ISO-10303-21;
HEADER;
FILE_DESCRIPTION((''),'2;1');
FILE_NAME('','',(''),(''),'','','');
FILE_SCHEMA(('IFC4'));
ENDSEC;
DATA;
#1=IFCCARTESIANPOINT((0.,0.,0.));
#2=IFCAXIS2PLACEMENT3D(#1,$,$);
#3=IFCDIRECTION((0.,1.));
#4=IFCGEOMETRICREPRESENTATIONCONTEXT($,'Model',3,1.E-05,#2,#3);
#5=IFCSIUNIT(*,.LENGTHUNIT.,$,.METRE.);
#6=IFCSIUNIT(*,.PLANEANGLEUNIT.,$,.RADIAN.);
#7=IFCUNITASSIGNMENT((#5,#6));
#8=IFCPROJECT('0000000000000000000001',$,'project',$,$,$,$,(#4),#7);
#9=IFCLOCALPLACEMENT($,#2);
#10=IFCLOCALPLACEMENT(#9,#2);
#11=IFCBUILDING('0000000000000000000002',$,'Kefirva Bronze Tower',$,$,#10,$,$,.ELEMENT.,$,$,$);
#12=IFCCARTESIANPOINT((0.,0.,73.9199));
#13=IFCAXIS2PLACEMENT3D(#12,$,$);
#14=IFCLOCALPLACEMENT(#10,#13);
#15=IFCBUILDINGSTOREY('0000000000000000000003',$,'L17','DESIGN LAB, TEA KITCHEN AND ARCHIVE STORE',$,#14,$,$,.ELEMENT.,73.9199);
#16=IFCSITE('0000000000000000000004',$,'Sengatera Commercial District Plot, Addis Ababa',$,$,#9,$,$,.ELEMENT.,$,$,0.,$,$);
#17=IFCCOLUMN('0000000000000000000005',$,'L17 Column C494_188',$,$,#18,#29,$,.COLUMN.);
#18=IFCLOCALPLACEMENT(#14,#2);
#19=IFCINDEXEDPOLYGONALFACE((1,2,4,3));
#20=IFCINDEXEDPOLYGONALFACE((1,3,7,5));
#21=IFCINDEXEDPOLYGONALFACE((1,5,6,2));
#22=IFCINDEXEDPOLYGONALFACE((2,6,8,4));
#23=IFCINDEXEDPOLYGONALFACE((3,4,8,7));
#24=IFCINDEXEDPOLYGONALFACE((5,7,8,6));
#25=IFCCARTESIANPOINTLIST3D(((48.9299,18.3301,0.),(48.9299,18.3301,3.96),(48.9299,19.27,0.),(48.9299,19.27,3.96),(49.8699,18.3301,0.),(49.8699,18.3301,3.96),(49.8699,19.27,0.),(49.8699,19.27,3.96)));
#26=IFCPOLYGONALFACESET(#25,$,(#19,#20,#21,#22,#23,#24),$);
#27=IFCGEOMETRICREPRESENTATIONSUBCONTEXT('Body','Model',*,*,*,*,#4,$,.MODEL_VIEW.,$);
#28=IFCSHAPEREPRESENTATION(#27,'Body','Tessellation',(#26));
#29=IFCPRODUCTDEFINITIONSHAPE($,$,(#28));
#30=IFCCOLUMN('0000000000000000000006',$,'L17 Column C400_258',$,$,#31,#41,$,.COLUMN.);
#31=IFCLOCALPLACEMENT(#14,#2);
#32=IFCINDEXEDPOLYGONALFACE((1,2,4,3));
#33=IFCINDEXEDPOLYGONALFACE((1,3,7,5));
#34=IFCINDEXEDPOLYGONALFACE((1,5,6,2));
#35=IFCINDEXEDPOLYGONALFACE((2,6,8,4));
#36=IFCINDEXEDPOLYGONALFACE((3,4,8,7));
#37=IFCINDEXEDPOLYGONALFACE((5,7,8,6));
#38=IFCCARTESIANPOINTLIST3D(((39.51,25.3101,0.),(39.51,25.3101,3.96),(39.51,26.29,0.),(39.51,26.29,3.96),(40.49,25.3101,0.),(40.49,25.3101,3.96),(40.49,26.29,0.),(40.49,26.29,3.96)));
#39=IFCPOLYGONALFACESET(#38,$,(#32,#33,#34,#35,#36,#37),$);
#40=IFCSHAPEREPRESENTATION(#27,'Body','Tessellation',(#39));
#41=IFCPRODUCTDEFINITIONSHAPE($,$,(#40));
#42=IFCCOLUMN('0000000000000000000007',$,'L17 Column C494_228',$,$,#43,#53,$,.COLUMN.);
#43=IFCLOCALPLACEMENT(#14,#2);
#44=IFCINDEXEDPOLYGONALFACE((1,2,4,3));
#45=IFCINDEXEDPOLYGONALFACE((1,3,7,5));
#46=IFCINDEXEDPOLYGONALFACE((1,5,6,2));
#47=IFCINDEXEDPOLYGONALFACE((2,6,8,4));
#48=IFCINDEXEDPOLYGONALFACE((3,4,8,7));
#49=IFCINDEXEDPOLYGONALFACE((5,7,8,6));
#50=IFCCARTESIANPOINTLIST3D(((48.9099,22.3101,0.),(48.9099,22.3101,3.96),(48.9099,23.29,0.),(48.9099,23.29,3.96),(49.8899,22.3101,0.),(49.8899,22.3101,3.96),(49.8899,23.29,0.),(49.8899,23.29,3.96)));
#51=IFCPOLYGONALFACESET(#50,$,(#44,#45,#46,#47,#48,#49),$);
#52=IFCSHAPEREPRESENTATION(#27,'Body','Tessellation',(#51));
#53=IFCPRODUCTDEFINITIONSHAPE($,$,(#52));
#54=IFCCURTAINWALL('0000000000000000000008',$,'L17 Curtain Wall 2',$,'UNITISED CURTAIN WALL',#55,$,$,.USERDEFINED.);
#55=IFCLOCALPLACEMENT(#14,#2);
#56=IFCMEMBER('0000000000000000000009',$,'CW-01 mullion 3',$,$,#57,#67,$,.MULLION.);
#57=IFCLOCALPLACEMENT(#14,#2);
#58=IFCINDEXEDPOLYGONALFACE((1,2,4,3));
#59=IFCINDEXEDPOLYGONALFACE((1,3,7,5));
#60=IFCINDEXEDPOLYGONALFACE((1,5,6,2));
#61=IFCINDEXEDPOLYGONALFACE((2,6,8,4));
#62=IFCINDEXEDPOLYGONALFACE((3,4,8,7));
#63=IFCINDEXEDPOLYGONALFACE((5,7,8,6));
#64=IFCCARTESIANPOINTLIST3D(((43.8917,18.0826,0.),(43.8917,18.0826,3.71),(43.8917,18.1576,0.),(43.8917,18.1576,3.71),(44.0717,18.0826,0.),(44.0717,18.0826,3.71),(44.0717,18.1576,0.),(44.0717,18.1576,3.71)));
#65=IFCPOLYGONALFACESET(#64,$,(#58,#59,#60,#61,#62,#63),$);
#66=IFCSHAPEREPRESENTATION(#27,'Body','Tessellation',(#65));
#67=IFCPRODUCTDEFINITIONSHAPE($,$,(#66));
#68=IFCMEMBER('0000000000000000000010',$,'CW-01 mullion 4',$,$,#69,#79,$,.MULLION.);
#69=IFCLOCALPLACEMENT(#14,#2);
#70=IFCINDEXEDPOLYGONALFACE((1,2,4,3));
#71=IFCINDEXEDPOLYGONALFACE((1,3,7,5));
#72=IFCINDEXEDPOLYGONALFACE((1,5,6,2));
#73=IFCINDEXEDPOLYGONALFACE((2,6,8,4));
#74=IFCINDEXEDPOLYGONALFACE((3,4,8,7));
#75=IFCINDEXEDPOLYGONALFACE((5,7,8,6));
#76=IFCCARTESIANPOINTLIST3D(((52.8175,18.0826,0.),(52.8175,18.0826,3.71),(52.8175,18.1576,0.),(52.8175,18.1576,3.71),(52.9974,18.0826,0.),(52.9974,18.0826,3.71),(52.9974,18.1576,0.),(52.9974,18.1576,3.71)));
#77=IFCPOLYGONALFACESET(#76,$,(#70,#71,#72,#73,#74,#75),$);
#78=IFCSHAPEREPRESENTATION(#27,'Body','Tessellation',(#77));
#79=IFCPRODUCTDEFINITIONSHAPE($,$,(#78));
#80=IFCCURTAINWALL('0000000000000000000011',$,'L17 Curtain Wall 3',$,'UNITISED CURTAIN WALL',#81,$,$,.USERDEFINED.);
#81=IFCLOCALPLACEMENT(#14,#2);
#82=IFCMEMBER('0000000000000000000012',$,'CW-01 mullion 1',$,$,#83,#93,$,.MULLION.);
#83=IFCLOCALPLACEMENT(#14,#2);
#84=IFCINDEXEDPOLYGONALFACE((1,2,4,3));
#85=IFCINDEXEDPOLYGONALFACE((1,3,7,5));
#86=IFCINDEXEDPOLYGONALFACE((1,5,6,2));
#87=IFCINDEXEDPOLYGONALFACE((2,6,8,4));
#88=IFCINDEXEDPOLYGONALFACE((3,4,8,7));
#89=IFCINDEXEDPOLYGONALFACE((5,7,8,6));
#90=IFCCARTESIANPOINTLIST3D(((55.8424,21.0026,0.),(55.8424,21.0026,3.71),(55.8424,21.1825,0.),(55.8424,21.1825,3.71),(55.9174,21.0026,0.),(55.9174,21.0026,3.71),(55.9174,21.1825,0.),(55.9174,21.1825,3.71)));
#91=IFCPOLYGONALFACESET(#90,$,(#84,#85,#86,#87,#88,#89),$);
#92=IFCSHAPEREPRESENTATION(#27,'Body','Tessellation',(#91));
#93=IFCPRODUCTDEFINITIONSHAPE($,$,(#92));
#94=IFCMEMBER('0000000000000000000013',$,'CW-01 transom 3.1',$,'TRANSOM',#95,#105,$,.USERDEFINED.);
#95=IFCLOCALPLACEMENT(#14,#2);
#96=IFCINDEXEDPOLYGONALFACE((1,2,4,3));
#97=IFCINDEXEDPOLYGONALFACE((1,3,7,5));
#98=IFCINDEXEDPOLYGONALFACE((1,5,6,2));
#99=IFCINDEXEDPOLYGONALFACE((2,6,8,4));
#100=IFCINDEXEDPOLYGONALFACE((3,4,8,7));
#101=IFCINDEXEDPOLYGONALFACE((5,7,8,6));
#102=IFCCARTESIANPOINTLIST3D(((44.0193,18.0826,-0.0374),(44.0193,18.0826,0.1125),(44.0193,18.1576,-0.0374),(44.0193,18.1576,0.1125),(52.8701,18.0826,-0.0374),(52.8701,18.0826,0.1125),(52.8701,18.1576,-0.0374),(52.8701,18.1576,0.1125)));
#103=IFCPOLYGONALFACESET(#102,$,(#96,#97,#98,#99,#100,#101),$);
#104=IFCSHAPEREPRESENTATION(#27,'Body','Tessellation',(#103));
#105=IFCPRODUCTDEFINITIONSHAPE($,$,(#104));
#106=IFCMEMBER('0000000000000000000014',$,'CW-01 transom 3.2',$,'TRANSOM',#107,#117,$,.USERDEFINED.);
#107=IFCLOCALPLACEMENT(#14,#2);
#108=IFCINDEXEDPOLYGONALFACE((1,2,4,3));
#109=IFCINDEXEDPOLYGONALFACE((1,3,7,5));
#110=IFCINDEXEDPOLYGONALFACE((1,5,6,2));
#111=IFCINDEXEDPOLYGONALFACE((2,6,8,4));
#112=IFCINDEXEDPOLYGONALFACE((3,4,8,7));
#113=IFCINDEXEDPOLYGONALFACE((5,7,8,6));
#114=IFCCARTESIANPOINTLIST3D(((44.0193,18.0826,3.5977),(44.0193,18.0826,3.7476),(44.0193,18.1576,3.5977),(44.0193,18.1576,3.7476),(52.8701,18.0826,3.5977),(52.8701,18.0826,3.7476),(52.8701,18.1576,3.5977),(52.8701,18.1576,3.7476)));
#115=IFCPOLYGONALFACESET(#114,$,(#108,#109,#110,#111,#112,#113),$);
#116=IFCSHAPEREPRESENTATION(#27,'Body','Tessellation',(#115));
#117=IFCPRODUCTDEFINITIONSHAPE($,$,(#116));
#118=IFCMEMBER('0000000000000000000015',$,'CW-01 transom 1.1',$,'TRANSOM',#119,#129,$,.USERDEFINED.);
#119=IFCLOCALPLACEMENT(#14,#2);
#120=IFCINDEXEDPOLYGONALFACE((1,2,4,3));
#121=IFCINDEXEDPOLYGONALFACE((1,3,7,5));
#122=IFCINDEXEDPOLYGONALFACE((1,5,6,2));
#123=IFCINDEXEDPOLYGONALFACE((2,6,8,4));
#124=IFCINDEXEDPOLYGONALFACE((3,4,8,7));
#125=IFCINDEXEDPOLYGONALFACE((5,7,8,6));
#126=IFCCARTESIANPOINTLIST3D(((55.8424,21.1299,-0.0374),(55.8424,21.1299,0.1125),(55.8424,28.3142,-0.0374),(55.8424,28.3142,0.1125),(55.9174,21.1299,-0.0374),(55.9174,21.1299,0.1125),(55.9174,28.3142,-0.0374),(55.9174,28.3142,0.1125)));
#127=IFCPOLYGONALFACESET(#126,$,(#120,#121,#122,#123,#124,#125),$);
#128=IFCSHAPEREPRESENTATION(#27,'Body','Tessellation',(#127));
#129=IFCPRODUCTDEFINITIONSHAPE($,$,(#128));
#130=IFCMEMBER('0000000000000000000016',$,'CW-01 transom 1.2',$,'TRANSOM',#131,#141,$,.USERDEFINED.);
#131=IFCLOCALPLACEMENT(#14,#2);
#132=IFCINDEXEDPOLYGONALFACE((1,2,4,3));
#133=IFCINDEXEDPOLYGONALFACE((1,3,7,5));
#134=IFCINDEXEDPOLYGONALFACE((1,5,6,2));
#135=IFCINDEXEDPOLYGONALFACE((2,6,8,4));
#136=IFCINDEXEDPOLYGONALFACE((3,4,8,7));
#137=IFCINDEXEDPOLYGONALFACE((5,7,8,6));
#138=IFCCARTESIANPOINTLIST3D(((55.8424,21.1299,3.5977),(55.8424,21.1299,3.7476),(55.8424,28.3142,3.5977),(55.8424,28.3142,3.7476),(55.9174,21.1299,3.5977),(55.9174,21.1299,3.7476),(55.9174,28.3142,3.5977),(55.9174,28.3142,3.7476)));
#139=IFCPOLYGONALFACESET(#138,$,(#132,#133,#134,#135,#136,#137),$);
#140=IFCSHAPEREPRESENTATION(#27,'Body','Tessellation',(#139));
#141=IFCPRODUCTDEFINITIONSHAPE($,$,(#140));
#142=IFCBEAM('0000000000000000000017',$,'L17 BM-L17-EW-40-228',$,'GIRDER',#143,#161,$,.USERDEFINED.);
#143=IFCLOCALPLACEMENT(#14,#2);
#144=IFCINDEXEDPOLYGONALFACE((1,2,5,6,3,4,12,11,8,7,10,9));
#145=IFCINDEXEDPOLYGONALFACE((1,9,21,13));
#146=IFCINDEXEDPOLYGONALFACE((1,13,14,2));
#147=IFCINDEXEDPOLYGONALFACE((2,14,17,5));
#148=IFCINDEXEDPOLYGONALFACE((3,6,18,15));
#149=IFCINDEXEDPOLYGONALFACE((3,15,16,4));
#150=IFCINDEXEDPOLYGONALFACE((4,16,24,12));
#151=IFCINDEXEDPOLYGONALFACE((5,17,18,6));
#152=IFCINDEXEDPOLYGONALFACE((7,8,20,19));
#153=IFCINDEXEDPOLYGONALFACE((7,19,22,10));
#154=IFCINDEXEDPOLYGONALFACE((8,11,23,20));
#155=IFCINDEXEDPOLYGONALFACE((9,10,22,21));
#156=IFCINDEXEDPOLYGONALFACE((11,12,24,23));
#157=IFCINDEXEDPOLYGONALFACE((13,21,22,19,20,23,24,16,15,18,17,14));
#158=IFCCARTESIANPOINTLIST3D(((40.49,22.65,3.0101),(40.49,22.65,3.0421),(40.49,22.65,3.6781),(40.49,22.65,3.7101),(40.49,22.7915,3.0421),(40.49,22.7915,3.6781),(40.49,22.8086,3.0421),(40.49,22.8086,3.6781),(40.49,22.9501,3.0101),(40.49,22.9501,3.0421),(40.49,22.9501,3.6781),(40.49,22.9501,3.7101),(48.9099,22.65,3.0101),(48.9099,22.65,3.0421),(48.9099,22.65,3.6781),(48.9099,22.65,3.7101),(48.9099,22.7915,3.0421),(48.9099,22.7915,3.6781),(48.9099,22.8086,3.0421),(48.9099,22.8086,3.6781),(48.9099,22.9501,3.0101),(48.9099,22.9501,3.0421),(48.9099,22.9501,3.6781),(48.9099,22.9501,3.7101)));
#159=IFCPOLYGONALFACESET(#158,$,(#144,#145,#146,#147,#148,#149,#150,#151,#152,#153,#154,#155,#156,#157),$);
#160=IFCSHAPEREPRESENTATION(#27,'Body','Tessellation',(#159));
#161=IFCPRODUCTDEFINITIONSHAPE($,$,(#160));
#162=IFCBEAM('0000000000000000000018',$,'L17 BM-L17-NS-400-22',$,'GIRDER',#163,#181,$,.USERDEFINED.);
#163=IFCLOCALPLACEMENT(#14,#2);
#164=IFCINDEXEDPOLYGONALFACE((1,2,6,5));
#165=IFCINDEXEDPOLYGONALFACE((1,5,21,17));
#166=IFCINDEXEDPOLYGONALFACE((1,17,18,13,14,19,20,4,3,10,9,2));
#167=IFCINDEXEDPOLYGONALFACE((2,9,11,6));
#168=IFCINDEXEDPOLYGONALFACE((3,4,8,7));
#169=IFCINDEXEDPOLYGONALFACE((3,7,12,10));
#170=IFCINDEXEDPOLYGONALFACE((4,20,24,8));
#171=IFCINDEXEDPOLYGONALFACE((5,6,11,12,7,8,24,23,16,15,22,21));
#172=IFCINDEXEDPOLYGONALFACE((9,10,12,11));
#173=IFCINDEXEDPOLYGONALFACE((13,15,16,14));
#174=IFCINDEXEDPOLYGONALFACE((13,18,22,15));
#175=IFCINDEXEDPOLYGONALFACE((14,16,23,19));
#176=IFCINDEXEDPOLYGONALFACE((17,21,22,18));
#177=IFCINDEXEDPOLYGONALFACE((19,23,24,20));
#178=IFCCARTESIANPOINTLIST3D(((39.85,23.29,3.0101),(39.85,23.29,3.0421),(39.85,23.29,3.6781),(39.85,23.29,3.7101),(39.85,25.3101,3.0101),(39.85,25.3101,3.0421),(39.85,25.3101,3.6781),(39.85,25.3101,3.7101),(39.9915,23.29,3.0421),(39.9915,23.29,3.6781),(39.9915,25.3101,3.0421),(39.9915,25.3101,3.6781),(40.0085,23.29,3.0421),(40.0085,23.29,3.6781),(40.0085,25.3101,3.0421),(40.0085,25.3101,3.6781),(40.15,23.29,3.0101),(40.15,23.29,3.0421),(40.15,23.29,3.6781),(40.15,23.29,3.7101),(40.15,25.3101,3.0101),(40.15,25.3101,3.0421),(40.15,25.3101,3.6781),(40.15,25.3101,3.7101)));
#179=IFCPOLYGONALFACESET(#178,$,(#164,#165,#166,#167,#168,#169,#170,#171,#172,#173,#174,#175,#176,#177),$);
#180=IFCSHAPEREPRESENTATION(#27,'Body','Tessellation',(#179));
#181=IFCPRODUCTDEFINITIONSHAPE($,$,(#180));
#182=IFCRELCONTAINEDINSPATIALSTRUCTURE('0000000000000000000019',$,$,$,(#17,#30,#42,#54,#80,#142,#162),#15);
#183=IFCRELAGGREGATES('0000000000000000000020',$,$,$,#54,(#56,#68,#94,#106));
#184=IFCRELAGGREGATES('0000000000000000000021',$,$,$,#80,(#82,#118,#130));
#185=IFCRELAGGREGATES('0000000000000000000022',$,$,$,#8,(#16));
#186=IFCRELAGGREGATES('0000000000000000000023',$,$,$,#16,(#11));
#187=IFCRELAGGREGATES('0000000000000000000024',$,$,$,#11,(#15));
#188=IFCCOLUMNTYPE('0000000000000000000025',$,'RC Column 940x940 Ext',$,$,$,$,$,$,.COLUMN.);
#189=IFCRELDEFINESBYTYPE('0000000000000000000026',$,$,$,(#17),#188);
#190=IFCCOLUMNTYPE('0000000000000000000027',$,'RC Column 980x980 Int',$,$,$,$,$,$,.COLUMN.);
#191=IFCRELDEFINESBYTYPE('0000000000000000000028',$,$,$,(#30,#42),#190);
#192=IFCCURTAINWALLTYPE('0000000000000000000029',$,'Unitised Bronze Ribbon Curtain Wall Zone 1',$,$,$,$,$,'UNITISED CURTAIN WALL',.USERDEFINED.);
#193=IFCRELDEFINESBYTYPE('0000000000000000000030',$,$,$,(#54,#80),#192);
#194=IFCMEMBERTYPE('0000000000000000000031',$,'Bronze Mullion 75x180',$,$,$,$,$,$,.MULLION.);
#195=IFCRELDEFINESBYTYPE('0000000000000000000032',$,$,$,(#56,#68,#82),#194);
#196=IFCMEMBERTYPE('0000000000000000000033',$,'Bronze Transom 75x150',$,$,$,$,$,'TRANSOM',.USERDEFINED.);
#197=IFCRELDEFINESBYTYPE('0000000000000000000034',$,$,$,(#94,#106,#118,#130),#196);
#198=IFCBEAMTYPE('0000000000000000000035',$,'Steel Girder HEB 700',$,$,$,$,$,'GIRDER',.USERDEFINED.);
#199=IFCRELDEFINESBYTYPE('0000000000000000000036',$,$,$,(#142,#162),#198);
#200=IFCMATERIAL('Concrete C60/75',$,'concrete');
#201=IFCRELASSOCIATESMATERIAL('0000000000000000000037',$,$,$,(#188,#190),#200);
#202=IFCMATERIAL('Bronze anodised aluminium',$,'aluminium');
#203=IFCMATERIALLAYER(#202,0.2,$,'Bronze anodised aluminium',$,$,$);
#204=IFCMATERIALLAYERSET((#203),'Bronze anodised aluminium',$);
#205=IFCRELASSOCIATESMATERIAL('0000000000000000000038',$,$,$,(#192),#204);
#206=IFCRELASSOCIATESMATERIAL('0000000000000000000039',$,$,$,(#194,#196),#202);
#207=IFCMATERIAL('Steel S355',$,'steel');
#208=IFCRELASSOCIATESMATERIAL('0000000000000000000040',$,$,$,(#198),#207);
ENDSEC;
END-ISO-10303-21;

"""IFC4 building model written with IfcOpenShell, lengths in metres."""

from ifc_helpers import new_model, si_unit, direction, frame, origin, origin_2d, place, context, subcontext, project, spatial, rectangle, i_section, extrude, material, layer, layer_set, material_profile, profile_set, type_object, element, aggregate, save


model = new_model("IFC4")

# Units and contexts
model_context = context("Model", 3, precision=1e-05, world=origin(), true_north=direction((0.0, 1.0)))
body_context = subcontext(model_context, "Body", "Model", "MODEL_VIEW")
ifc_project = project(units=[si_unit("LENGTHUNIT", "METRE"), si_unit("PLANEANGLEUNIT", "RADIAN")], contexts=[model_context])

# Site, building, storey
site_placement = place(None, origin())
site = spatial("IfcSite", under=ifc_project, at=site_placement, Name="Sengatera Commercial District Plot, Addis Ababa", CompositionType="ELEMENT", RefElevation=0.0)
building_placement = place(site_placement, origin())
building = spatial("IfcBuilding", under=site, at=building_placement, Name="Kefirva Bronze Tower", CompositionType="ELEMENT")
storey_placement = place(building_placement, frame((0.0, 0.0, 73.9199)))
storey = spatial("IfcBuildingStorey", under=building, at=storey_placement, Name="L17", Description="DESIGN LAB, TEA KITCHEN AND ARCHIVE STORE", CompositionType="ELEMENT", Elevation=73.9199)

# Columns
ifc_material_1 = material(Name="Concrete C60/75", Category="concrete")
ifc_material_profile_1 = material_profile(ifc_material_1, rectangle(XDim=0.9399, YDim=0.9399, at=origin_2d()), Name="RC 940x940")
ifc_profile_set_1 = profile_set([ifc_material_profile_1], Name="Concrete C60/75")
column_type_1 = type_object("IfcColumnType", Name="RC Column 940x940 Ext", PredefinedType="COLUMN", material=ifc_profile_set_1)
column_placement = place(storey_placement, frame((49.3999, 18.8, 0.0), z_axis=(0.0, 0.0, 1.0), x_axis=(1.0, 0.0, 0.0)))
element("IfcColumn", 1, at=column_placement, inside=storey, type_object=column_type_1, Name="L17 Column C494_188", PredefinedType="COLUMN", context=body_context, shape_type="SweptSolid", body=[
    extrude(rectangle(XDim=0.9399, YDim=0.9399, at=origin_2d()), origin(), (0.0, 0.0, 1.0), 3.96),
])
ifc_material_profile_2 = material_profile(ifc_material_1, rectangle(XDim=0.98, YDim=0.98, at=origin_2d()), Name="RC 980x980")
ifc_profile_set_2 = profile_set([ifc_material_profile_2], Name="Concrete C60/75")
column_type_2 = type_object("IfcColumnType", Name="RC Column 980x980 Int", PredefinedType="COLUMN", material=ifc_profile_set_2)
for number, where, z_axis, x_axis, name in (
    (2, (40.0, 25.8, 0.0), (0.0, 0.0, 1.0), (1.0, 0.0, 0.0), "L17 Column C400_258"),
    (3, (49.3999, 22.8, 0.0), (0.0, 0.0, 1.0), (1.0, 0.0, 0.0), "L17 Column C494_228"),
):
    element("IfcColumn", number, at=place(storey_placement, frame(where, z_axis=z_axis, x_axis=x_axis)), inside=storey, type_object=column_type_2, Name=name, PredefinedType="COLUMN", context=body_context, shape_type="SweptSolid", body=[
        extrude(rectangle(XDim=0.98, YDim=0.98, at=origin_2d()), origin(), (0.0, 0.0, 1.0), 3.96),
    ])

# Curtain wall, members
ifc_material_2 = material(Name="Bronze anodised aluminium", Category="aluminium")
ifc_layer_1 = layer(ifc_material_2, 0.2, Name="Bronze anodised aluminium")
ifc_layer_set_1 = layer_set([ifc_layer_1], Name="Bronze anodised aluminium")
curtain_wall_type = type_object("IfcCurtainWallType", Name="Unitised Bronze Ribbon Curtain Wall Zone 1", ElementType="UNITISED CURTAIN WALL", PredefinedType="USERDEFINED", material=ifc_layer_set_1)
curtain_wall_1_placement = place(storey_placement, origin())
curtain_wall_1 = element("IfcCurtainWall", 4, at=curtain_wall_1_placement, inside=storey, type_object=curtain_wall_type, Name="L17 Curtain Wall 2", ObjectType="UNITISED CURTAIN WALL", PredefinedType="USERDEFINED")
ifc_material_profile_3 = material_profile(ifc_material_2, rectangle(XDim=0.075, YDim=0.1799, at=origin_2d()), Name="ALU 75x180")
ifc_profile_set_3 = profile_set([ifc_material_profile_3], Name="Bronze anodised aluminium")
member_type_1 = type_object("IfcMemberType", Name="Bronze Mullion 75x180", PredefinedType="MULLION", material=ifc_profile_set_3)
member_1_placement = place(storey_placement, frame((43.9817, 18.1201, 0.0), z_axis=(0.0, 0.0, 1.0), x_axis=(0.0, 1.0, 0.0)))
member_1 = element("IfcMember", 5, at=member_1_placement, type_object=member_type_1, Name="CW-01 mullion 3", PredefinedType="MULLION", context=body_context, shape_type="SweptSolid", body=[
    extrude(rectangle(XDim=0.075, YDim=0.1799, at=origin_2d()), origin(), (0.0, 0.0, 1.0), 3.71),
])
member_2_placement = place(storey_placement, frame((52.9075, 18.1201, 0.0), z_axis=(0.0, 0.0, 1.0), x_axis=(0.0, 1.0, 0.0)))
member_2 = element("IfcMember", 6, at=member_2_placement, type_object=member_type_1, Name="CW-01 mullion 4", PredefinedType="MULLION", context=body_context, shape_type="SweptSolid", body=[
    extrude(rectangle(XDim=0.075, YDim=0.1799, at=origin_2d()), origin(), (0.0, 0.0, 1.0), 3.71),
])

# Curtain wall, member
curtain_wall_2_placement = place(storey_placement, origin())
curtain_wall_2 = element("IfcCurtainWall", 7, at=curtain_wall_2_placement, inside=storey, type_object=curtain_wall_type, Name="L17 Curtain Wall 3", ObjectType="UNITISED CURTAIN WALL", PredefinedType="USERDEFINED")
member_3_placement = place(storey_placement, frame((55.8799, 21.0925, 0.0), z_axis=(0.0, 0.0, 1.0), x_axis=(-1.0, 0.0, 0.0)))
member_3 = element("IfcMember", 8, at=member_3_placement, type_object=member_type_1, Name="CW-01 mullion 1", PredefinedType="MULLION", context=body_context, shape_type="SweptSolid", body=[
    extrude(rectangle(XDim=0.075, YDim=0.1799, at=origin_2d()), origin(), (0.0, 0.0, 1.0), 3.71),
])

# Members
ifc_material_profile_4 = material_profile(ifc_material_2, rectangle(XDim=0.075, YDim=0.1499, at=origin_2d()), Name="ALU 75x150")
ifc_profile_set_4 = profile_set([ifc_material_profile_4], Name="Bronze anodised aluminium")
member_type_2 = type_object("IfcMemberType", Name="Bronze Transom 75x150", ElementType="TRANSOM", PredefinedType="USERDEFINED", material=ifc_profile_set_4)
member_4_placement = place(storey_placement, frame((44.0193, 18.1201, 0.0376), z_axis=(1.0, 0.0, 0.0), x_axis=(0.0, 1.0, 0.0)))
member_4 = element("IfcMember", 9, at=member_4_placement, type_object=member_type_2, Name="CW-01 transom 3.1", ObjectType="TRANSOM", PredefinedType="USERDEFINED", context=body_context, shape_type="SweptSolid", body=[
    extrude(rectangle(XDim=0.075, YDim=0.1499, at=origin_2d()), origin(), (0.0, 0.0, 1.0), 8.8508),
])
member_5_placement = place(storey_placement, frame((44.0193, 18.1201, 3.6726), z_axis=(1.0, 0.0, 0.0), x_axis=(0.0, 1.0, 0.0)))
member_5 = element("IfcMember", 10, at=member_5_placement, type_object=member_type_2, Name="CW-01 transom 3.2", ObjectType="TRANSOM", PredefinedType="USERDEFINED", context=body_context, shape_type="SweptSolid", body=[
    extrude(rectangle(XDim=0.075, YDim=0.1499, at=origin_2d()), origin(), (0.0, 0.0, 1.0), 8.8508),
])
member_6_placement = place(storey_placement, frame((55.8799, 21.1299, 0.0376), z_axis=(0.0, 1.0, 0.0), x_axis=(-1.0, 0.0, 0.0)))
member_6 = element("IfcMember", 11, at=member_6_placement, type_object=member_type_2, Name="CW-01 transom 1.1", ObjectType="TRANSOM", PredefinedType="USERDEFINED", context=body_context, shape_type="SweptSolid", body=[
    extrude(rectangle(XDim=0.075, YDim=0.1499, at=origin_2d()), origin(), (0.0, 0.0, 1.0), 7.1843),
])
member_7_placement = place(storey_placement, frame((55.8799, 21.1299, 3.6726), z_axis=(0.0, 1.0, 0.0), x_axis=(-1.0, 0.0, 0.0)))
member_7 = element("IfcMember", 12, at=member_7_placement, type_object=member_type_2, Name="CW-01 transom 1.2", ObjectType="TRANSOM", PredefinedType="USERDEFINED", context=body_context, shape_type="SweptSolid", body=[
    extrude(rectangle(XDim=0.075, YDim=0.1499, at=origin_2d()), origin(), (0.0, 0.0, 1.0), 7.1843),
])

# Beams
ifc_material_3 = material(Name="Steel S355", Category="steel")
ifc_material_profile_5 = material_profile(ifc_material_3, i_section(OverallWidth=0.3, OverallDepth=0.7, WebThickness=0.0171, FlangeThickness=0.032, at=origin_2d()), Name="HEB 700")
ifc_profile_set_5 = profile_set([ifc_material_profile_5], Name="Steel S355")
beam_type_1 = type_object("IfcBeamType", Name="Steel Girder HEB 700", ElementType="GIRDER", PredefinedType="USERDEFINED", material=ifc_profile_set_5)
beam_1_placement = place(storey_placement, frame((40.49, 22.8, 3.3601), z_axis=(1.0, 0.0, 0.0), x_axis=(0.0, 1.0, 0.0)))
element("IfcBeam", 13, at=beam_1_placement, inside=storey, type_object=beam_type_1, Name="L17 BM-L17-EW-40-228", ObjectType="GIRDER", PredefinedType="USERDEFINED", context=body_context, shape_type="SweptSolid", body=[
    extrude(i_section(OverallWidth=0.3, OverallDepth=0.7, WebThickness=0.0171, FlangeThickness=0.032, at=origin_2d()), origin(), (0.0, 0.0, 1.0), 8.4199),
])
beam_2_placement = place(storey_placement, frame((40.0, 23.29, 3.3601), z_axis=(0.0, 1.0, 0.0), x_axis=(-1.0, 0.0, 0.0)))
element("IfcBeam", 14, at=beam_2_placement, inside=storey, type_object=beam_type_1, Name="L17 BM-L17-NS-400-22", ObjectType="GIRDER", PredefinedType="USERDEFINED", context=body_context, shape_type="SweptSolid", body=[
    extrude(i_section(OverallWidth=0.3, OverallDepth=0.7, WebThickness=0.0171, FlangeThickness=0.032, at=origin_2d()), origin(), (0.0, 0.0, 1.0), 2.02),
])

aggregate(curtain_wall_1, [member_1, member_2, member_4, member_5])
aggregate(curtain_wall_2, [member_3, member_6, member_7])

save(model, "model.ifc")
